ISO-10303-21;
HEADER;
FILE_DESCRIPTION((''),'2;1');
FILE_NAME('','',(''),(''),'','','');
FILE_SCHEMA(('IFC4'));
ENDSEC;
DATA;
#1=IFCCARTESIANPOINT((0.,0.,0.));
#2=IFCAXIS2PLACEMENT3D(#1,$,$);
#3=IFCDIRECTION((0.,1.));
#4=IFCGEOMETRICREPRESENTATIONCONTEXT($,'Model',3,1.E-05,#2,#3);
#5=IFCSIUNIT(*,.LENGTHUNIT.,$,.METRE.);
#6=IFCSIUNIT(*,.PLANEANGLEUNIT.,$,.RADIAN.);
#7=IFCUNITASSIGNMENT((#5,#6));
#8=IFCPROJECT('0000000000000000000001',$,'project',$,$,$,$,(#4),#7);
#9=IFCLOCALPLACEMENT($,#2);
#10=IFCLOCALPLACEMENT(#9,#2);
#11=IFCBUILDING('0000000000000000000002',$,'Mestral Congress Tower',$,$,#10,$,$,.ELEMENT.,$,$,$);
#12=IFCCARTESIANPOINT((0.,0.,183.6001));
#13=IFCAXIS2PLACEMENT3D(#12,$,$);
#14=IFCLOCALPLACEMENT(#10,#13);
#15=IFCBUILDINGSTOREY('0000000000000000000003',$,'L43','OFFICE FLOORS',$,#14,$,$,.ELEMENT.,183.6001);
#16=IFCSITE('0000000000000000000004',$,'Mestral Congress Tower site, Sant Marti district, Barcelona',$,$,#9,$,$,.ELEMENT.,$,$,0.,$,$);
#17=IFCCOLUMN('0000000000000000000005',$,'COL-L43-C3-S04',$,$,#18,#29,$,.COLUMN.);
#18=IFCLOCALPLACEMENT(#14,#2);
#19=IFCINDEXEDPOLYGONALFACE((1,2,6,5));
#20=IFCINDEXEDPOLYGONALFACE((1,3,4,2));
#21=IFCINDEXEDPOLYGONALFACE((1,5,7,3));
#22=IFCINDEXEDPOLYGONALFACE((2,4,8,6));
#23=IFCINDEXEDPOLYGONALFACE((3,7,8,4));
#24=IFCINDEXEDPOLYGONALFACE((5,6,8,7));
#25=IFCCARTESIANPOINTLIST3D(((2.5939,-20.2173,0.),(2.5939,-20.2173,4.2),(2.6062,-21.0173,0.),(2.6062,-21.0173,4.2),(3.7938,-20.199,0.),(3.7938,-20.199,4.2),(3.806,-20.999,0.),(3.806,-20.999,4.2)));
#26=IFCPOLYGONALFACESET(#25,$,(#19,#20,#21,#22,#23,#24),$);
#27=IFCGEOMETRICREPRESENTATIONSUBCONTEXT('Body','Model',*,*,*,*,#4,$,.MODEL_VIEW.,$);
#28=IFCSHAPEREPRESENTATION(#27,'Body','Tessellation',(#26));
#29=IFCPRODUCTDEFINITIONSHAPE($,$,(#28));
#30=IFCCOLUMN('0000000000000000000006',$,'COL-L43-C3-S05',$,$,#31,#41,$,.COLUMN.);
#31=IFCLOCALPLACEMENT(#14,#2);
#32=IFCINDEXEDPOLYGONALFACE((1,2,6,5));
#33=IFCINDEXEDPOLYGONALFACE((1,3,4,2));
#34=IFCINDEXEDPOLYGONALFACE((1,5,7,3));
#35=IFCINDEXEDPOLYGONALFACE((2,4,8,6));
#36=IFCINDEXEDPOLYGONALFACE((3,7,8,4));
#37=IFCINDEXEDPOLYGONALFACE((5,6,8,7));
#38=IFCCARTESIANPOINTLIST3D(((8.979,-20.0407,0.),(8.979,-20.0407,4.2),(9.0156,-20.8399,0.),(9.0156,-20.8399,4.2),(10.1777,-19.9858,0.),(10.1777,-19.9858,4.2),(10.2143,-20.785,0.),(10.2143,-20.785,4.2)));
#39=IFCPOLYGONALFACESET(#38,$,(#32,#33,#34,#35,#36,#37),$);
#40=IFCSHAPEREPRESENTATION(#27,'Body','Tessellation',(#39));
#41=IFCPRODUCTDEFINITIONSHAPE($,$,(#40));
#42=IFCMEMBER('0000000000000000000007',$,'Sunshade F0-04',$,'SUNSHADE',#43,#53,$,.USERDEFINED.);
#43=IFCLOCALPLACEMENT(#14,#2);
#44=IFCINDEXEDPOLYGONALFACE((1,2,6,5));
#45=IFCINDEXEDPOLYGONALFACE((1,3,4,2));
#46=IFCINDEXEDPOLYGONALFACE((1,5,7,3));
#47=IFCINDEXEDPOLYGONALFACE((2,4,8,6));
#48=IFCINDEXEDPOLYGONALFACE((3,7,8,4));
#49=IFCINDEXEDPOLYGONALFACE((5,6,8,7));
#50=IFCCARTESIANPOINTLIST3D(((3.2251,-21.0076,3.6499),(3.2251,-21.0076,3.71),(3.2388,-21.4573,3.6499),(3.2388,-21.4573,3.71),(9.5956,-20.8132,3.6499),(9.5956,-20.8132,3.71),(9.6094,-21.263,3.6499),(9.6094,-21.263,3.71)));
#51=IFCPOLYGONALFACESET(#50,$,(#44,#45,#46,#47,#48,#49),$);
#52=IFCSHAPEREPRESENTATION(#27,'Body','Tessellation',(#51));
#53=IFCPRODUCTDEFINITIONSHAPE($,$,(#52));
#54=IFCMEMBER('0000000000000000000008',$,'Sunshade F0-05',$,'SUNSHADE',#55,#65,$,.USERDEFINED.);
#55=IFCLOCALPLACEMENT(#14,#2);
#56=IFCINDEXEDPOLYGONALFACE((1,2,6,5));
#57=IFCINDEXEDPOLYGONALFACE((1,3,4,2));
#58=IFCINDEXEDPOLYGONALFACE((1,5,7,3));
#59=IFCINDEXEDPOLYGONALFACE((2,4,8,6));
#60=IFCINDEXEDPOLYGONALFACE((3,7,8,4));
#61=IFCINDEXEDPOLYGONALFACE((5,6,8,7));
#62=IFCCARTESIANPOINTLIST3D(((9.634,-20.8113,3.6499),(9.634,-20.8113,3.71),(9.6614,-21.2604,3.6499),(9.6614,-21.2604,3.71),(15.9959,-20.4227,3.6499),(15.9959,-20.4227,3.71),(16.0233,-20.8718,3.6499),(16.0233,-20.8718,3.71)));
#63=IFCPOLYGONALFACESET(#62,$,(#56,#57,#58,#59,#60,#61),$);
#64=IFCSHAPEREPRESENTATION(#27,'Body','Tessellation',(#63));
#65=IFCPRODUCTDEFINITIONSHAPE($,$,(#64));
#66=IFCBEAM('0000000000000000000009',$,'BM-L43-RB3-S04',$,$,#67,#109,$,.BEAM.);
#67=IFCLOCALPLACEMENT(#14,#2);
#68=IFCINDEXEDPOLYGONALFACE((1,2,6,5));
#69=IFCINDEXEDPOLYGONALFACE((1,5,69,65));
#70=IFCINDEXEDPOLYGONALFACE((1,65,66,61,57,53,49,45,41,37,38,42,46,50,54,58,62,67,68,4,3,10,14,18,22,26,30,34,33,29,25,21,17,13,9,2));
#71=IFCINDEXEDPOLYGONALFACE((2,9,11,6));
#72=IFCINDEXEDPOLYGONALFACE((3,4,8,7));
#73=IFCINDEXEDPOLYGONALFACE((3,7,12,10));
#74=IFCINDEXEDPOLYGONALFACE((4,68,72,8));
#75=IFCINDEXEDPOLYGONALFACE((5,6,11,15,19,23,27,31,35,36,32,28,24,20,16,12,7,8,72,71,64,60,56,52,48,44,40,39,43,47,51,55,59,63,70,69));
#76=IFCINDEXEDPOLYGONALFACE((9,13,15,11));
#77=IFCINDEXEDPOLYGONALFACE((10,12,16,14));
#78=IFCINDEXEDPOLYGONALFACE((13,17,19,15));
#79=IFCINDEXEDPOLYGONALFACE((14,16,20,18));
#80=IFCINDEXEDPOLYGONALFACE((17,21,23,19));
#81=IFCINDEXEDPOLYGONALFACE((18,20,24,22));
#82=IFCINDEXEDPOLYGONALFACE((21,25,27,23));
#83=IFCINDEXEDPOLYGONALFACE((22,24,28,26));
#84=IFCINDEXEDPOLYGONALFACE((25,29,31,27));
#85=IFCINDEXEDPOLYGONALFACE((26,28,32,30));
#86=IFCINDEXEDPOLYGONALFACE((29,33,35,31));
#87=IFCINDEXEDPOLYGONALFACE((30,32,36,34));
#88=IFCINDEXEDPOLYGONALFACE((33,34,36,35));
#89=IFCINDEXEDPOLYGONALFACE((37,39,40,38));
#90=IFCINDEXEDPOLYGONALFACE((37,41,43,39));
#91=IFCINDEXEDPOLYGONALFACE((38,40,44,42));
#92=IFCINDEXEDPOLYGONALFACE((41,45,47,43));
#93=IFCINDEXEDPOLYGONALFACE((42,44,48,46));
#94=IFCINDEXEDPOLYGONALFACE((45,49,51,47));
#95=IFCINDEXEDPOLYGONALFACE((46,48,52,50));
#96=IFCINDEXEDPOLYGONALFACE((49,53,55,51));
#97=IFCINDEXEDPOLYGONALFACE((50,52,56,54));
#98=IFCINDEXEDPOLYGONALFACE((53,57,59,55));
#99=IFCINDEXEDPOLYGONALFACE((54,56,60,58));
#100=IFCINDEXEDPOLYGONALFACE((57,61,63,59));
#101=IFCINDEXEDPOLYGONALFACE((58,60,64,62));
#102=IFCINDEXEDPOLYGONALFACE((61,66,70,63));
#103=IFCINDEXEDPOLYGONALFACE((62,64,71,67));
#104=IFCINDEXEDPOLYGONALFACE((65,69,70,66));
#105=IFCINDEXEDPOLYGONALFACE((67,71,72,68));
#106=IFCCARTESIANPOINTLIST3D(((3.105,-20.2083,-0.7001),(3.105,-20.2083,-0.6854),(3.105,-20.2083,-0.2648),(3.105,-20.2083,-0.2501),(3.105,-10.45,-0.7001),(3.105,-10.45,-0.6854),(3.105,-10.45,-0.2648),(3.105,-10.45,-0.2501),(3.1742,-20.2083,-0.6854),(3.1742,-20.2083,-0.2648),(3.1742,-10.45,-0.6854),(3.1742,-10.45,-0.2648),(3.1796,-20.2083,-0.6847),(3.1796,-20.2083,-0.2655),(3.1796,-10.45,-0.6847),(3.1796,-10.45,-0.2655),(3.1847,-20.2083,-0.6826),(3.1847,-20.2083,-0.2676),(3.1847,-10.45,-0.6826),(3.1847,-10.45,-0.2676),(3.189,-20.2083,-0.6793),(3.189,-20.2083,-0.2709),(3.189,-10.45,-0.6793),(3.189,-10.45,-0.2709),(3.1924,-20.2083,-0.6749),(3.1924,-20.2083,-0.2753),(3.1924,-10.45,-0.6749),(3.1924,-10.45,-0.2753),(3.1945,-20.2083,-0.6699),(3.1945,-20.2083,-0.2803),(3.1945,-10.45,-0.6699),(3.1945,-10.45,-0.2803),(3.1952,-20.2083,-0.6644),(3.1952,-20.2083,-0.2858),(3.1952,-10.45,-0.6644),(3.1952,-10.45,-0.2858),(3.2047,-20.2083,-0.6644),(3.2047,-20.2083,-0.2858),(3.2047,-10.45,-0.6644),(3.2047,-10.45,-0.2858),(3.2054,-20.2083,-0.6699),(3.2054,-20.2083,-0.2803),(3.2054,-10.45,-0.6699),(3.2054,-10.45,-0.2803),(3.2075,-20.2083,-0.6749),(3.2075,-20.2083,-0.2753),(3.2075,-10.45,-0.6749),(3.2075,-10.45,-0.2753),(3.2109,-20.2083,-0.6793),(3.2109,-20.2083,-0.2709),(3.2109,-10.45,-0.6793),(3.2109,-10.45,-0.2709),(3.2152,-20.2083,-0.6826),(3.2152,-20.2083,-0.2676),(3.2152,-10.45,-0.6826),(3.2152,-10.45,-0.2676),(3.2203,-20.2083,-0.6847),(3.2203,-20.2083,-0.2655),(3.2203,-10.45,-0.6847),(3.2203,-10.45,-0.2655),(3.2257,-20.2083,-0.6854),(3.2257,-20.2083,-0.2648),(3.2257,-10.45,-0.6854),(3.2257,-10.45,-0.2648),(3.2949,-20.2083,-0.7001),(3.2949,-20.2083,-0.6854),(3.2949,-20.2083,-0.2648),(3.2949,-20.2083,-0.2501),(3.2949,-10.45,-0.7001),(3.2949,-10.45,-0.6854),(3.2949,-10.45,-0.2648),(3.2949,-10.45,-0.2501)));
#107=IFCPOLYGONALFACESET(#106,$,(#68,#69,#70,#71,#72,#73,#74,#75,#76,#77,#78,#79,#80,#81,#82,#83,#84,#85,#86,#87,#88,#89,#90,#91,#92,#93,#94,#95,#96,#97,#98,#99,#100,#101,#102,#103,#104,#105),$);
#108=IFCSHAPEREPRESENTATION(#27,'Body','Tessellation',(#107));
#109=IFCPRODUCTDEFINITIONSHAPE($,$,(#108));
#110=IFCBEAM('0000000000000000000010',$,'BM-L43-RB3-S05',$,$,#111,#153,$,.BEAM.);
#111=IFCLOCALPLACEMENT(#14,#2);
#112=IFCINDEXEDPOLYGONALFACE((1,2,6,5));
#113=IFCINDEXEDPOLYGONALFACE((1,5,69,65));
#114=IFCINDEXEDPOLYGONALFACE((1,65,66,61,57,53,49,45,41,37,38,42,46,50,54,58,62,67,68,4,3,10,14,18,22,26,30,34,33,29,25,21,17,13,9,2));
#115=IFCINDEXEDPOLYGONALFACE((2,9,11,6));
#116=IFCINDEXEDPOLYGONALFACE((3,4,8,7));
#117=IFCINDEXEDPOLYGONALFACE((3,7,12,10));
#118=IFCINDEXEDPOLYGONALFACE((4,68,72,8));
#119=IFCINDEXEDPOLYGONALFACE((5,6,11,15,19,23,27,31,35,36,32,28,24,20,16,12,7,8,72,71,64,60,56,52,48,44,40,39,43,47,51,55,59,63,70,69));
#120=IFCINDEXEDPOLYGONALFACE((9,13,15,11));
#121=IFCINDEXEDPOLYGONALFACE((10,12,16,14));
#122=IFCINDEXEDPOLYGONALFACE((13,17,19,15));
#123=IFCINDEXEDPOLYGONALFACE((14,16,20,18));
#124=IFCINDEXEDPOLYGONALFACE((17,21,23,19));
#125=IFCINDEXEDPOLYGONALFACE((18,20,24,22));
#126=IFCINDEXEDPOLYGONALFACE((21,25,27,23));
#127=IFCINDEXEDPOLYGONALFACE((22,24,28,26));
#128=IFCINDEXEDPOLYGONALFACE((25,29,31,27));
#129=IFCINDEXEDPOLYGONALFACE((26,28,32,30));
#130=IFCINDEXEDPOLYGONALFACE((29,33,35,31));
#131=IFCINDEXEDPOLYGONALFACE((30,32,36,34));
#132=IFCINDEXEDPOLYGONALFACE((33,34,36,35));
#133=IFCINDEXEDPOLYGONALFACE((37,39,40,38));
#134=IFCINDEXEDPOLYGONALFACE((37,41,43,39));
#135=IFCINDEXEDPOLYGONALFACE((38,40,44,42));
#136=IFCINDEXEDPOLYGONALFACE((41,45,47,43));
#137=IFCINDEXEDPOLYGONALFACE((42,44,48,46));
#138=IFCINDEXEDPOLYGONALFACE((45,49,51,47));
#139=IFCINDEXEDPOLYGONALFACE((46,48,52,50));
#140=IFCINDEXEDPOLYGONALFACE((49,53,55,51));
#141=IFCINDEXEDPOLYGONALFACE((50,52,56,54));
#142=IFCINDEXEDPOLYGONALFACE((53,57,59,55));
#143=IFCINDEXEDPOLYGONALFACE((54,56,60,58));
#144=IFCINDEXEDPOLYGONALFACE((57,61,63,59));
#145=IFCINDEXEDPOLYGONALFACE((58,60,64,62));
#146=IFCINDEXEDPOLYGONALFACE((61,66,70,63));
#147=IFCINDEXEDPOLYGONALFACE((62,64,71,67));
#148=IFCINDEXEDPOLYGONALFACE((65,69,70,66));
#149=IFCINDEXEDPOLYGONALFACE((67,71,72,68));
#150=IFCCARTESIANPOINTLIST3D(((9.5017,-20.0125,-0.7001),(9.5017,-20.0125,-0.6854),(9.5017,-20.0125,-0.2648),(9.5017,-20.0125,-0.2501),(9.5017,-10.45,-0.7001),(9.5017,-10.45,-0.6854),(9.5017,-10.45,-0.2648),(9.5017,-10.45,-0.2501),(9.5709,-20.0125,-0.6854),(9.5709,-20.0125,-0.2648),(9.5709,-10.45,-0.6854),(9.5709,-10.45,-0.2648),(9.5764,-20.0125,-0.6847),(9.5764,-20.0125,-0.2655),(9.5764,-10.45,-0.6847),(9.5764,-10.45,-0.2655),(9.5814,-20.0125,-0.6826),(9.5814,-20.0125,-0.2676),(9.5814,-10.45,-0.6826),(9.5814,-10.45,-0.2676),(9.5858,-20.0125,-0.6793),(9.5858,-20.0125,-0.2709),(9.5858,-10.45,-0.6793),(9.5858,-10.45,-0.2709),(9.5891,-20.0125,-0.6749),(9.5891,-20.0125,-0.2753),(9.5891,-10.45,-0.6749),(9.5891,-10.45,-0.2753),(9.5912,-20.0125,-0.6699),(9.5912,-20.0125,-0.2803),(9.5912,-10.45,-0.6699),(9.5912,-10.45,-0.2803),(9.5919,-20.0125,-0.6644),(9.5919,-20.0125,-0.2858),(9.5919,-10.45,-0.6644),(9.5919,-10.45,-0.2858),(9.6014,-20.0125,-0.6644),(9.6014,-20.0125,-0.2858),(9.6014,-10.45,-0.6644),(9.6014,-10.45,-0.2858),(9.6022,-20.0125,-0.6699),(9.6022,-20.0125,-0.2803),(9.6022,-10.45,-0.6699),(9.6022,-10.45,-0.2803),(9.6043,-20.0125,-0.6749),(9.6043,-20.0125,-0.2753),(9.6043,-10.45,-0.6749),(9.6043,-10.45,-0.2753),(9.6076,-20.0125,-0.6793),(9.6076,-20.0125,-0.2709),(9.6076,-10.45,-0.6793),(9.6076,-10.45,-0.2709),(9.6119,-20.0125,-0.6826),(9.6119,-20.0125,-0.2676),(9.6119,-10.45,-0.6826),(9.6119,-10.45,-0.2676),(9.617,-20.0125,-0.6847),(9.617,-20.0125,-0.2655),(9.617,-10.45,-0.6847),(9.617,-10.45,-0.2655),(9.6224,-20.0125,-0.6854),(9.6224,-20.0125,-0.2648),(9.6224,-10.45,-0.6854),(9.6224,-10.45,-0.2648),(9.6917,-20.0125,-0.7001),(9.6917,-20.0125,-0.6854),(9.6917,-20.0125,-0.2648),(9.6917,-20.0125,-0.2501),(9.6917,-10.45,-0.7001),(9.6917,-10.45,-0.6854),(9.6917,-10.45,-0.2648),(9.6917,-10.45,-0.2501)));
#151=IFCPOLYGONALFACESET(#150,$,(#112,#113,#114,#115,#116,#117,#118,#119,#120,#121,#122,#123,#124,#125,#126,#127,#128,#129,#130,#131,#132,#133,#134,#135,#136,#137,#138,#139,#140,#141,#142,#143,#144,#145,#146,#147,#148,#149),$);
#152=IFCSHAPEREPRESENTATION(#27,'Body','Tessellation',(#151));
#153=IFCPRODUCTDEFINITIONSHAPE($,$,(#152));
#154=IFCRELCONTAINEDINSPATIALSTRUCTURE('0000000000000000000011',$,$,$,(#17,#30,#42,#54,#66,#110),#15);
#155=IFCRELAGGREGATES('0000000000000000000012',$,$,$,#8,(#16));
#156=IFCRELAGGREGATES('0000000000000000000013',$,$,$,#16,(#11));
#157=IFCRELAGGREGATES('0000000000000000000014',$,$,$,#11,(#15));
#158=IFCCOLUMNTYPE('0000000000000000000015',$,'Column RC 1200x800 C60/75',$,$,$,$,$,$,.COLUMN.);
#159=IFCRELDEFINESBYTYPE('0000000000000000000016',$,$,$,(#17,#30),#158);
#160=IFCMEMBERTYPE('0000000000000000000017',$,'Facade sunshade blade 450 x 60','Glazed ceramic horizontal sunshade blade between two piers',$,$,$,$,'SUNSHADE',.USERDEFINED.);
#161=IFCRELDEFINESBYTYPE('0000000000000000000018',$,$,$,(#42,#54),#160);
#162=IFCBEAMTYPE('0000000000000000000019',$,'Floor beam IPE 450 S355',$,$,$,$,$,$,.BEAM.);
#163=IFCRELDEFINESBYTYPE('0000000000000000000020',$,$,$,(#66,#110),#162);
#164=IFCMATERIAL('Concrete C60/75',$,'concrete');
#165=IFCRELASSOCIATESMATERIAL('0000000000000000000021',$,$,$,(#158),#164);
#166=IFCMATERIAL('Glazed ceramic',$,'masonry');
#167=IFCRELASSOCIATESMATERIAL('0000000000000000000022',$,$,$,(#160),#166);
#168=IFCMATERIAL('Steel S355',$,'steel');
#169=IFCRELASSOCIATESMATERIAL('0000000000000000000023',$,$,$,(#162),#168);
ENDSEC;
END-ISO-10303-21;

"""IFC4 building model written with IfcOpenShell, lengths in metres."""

from ifc_helpers import new_model, si_unit, direction, frame, origin, origin_2d, place, context, subcontext, project, spatial, rectangle, i_section, extrude, material, material_profile, profile_set, type_object, element, save


model = new_model("IFC4")

# Units and contexts
model_context = context("Model", 3, precision=1e-05, world=origin(), true_north=direction((0.0, 1.0)))
body_context = subcontext(model_context, "Body", "Model", "MODEL_VIEW")
ifc_project = project(units=[si_unit("LENGTHUNIT", "METRE"), si_unit("PLANEANGLEUNIT", "RADIAN")], contexts=[model_context])

# Site, building, storey
site_placement = place(None, origin())
site = spatial("IfcSite", under=ifc_project, at=site_placement, Name="Mestral Congress Tower site, Sant Marti district, Barcelona", CompositionType="ELEMENT", RefElevation=0.0)
building_placement = place(site_placement, origin())
building = spatial("IfcBuilding", under=site, at=building_placement, Name="Mestral Congress Tower", CompositionType="ELEMENT")
storey_placement = place(building_placement, frame((0.0, 0.0, 183.6001)))
storey = spatial("IfcBuildingStorey", under=building, at=storey_placement, Name="L43", Description="OFFICE FLOORS", CompositionType="ELEMENT", Elevation=183.6001)

# Columns
ifc_material_1 = material(Name="Concrete C60/75", Category="concrete")
ifc_material_profile_1 = material_profile(ifc_material_1, rectangle(XDim=1.2, YDim=0.8, at=origin_2d()), Name="RC 1200x800")
ifc_profile_set_1 = profile_set([ifc_material_profile_1], Name="Concrete C60/75")
column_type = type_object("IfcColumnType", Name="Column RC 1200x800 C60/75", PredefinedType="COLUMN", material=ifc_profile_set_1)
for number, where, z_axis, x_axis, name in (
    (1, (3.2, -20.6082, 0.0), (0.0, 0.0, 1.0), (0.999884, 0.015262, 0.0), "COL-L43-C3-S04"),
    (2, (9.5967, -20.4128, 0.0), (0.0, 0.0, 1.0), (0.998952, 0.045771, 0.0), "COL-L43-C3-S05"),
):
    element("IfcColumn", number, at=place(storey_placement, frame(where, z_axis=z_axis, x_axis=x_axis)), inside=storey, type_object=column_type, Name=name, PredefinedType="COLUMN", context=body_context, shape_type="SweptSolid", body=[
        extrude(rectangle(XDim=1.2, YDim=0.8, at=origin_2d()), origin(), (0.0, 0.0, 1.0), 4.2),
    ])

# Members
ifc_material_2 = material(Name="Glazed ceramic", Category="masonry")
ifc_material_profile_2 = material_profile(ifc_material_2, rectangle(XDim=0.45, YDim=0.0601, at=origin_2d()), Name="Ceramic blade 450 x 60")
ifc_profile_set_2 = profile_set([ifc_material_profile_2], Name="Glazed ceramic")
member_type = type_object("IfcMemberType", Name="Facade sunshade blade 450 x 60", Description="Glazed ceramic horizontal sunshade blade between two piers", ElementType="SUNSHADE", PredefinedType="USERDEFINED", material=ifc_profile_set_2)
member_1_placement = place(storey_placement, frame((3.2319, -21.2324, 3.6799), z_axis=(0.999535, 0.030491, 0.0), x_axis=(-0.030491, 0.999535, 0.0)))
element("IfcMember", 3, at=member_1_placement, inside=storey, type_object=member_type, Name="Sunshade F0-04", ObjectType="SUNSHADE", PredefinedType="USERDEFINED", context=body_context, shape_type="SweptSolid", body=[
    extrude(rectangle(XDim=0.45, YDim=0.0601, at=origin_2d()), origin(), (0.0, 0.0, 1.0), 6.3735),
])
member_2_placement = place(storey_placement, frame((9.6477, -21.0359, 3.6799), z_axis=(0.998139, 0.060981, 0.0), x_axis=(-0.060981, 0.998139, 0.0)))
element("IfcMember", 4, at=member_2_placement, inside=storey, type_object=member_type, Name="Sunshade F0-05", ObjectType="SUNSHADE", PredefinedType="USERDEFINED", context=body_context, shape_type="SweptSolid", body=[
    extrude(rectangle(XDim=0.45, YDim=0.0601, at=origin_2d()), origin(), (0.0, 0.0, 1.0), 6.3738),
])

# Beams
ifc_material_3 = material(Name="Steel S355", Category="steel")
ifc_material_profile_3 = material_profile(ifc_material_3, i_section(OverallWidth=0.1899, OverallDepth=0.45, WebThickness=0.0095, FlangeThickness=0.0146, FilletRadius=0.021, at=origin_2d()), Name="IPE 450")
ifc_profile_set_3 = profile_set([ifc_material_profile_3], Name="Steel S355")
beam_type_1 = type_object("IfcBeamType", Name="Floor beam IPE 450 S355", PredefinedType="BEAM", material=ifc_profile_set_3)
beam_1_placement = place(storey_placement, frame((3.2, -20.2083, -0.4751), z_axis=(0.0, 1.0, 0.0), x_axis=(-1.0, 0.0, 0.0)))
element("IfcBeam", 5, at=beam_1_placement, inside=storey, type_object=beam_type_1, Name="BM-L43-RB3-S04", PredefinedType="BEAM", context=body_context, shape_type="SweptSolid", body=[
    extrude(i_section(OverallWidth=0.1899, OverallDepth=0.45, WebThickness=0.0095, FlangeThickness=0.0146, FilletRadius=0.021, at=origin_2d()), origin(), (0.0, 0.0, 1.0), 9.7583),
])
beam_2_placement = place(storey_placement, frame((9.5967, -20.0125, -0.4751), z_axis=(0.0, 1.0, 0.0), x_axis=(-1.0, 0.0, 0.0)))
element("IfcBeam", 6, at=beam_2_placement, inside=storey, type_object=beam_type_1, Name="BM-L43-RB3-S05", PredefinedType="BEAM", context=body_context, shape_type="SweptSolid", body=[
    extrude(i_section(OverallWidth=0.1899, OverallDepth=0.45, WebThickness=0.0095, FlangeThickness=0.0146, FilletRadius=0.021, at=origin_2d()), origin(), (0.0, 0.0, 1.0), 9.5625),
])

save(model, "model.ifc")
